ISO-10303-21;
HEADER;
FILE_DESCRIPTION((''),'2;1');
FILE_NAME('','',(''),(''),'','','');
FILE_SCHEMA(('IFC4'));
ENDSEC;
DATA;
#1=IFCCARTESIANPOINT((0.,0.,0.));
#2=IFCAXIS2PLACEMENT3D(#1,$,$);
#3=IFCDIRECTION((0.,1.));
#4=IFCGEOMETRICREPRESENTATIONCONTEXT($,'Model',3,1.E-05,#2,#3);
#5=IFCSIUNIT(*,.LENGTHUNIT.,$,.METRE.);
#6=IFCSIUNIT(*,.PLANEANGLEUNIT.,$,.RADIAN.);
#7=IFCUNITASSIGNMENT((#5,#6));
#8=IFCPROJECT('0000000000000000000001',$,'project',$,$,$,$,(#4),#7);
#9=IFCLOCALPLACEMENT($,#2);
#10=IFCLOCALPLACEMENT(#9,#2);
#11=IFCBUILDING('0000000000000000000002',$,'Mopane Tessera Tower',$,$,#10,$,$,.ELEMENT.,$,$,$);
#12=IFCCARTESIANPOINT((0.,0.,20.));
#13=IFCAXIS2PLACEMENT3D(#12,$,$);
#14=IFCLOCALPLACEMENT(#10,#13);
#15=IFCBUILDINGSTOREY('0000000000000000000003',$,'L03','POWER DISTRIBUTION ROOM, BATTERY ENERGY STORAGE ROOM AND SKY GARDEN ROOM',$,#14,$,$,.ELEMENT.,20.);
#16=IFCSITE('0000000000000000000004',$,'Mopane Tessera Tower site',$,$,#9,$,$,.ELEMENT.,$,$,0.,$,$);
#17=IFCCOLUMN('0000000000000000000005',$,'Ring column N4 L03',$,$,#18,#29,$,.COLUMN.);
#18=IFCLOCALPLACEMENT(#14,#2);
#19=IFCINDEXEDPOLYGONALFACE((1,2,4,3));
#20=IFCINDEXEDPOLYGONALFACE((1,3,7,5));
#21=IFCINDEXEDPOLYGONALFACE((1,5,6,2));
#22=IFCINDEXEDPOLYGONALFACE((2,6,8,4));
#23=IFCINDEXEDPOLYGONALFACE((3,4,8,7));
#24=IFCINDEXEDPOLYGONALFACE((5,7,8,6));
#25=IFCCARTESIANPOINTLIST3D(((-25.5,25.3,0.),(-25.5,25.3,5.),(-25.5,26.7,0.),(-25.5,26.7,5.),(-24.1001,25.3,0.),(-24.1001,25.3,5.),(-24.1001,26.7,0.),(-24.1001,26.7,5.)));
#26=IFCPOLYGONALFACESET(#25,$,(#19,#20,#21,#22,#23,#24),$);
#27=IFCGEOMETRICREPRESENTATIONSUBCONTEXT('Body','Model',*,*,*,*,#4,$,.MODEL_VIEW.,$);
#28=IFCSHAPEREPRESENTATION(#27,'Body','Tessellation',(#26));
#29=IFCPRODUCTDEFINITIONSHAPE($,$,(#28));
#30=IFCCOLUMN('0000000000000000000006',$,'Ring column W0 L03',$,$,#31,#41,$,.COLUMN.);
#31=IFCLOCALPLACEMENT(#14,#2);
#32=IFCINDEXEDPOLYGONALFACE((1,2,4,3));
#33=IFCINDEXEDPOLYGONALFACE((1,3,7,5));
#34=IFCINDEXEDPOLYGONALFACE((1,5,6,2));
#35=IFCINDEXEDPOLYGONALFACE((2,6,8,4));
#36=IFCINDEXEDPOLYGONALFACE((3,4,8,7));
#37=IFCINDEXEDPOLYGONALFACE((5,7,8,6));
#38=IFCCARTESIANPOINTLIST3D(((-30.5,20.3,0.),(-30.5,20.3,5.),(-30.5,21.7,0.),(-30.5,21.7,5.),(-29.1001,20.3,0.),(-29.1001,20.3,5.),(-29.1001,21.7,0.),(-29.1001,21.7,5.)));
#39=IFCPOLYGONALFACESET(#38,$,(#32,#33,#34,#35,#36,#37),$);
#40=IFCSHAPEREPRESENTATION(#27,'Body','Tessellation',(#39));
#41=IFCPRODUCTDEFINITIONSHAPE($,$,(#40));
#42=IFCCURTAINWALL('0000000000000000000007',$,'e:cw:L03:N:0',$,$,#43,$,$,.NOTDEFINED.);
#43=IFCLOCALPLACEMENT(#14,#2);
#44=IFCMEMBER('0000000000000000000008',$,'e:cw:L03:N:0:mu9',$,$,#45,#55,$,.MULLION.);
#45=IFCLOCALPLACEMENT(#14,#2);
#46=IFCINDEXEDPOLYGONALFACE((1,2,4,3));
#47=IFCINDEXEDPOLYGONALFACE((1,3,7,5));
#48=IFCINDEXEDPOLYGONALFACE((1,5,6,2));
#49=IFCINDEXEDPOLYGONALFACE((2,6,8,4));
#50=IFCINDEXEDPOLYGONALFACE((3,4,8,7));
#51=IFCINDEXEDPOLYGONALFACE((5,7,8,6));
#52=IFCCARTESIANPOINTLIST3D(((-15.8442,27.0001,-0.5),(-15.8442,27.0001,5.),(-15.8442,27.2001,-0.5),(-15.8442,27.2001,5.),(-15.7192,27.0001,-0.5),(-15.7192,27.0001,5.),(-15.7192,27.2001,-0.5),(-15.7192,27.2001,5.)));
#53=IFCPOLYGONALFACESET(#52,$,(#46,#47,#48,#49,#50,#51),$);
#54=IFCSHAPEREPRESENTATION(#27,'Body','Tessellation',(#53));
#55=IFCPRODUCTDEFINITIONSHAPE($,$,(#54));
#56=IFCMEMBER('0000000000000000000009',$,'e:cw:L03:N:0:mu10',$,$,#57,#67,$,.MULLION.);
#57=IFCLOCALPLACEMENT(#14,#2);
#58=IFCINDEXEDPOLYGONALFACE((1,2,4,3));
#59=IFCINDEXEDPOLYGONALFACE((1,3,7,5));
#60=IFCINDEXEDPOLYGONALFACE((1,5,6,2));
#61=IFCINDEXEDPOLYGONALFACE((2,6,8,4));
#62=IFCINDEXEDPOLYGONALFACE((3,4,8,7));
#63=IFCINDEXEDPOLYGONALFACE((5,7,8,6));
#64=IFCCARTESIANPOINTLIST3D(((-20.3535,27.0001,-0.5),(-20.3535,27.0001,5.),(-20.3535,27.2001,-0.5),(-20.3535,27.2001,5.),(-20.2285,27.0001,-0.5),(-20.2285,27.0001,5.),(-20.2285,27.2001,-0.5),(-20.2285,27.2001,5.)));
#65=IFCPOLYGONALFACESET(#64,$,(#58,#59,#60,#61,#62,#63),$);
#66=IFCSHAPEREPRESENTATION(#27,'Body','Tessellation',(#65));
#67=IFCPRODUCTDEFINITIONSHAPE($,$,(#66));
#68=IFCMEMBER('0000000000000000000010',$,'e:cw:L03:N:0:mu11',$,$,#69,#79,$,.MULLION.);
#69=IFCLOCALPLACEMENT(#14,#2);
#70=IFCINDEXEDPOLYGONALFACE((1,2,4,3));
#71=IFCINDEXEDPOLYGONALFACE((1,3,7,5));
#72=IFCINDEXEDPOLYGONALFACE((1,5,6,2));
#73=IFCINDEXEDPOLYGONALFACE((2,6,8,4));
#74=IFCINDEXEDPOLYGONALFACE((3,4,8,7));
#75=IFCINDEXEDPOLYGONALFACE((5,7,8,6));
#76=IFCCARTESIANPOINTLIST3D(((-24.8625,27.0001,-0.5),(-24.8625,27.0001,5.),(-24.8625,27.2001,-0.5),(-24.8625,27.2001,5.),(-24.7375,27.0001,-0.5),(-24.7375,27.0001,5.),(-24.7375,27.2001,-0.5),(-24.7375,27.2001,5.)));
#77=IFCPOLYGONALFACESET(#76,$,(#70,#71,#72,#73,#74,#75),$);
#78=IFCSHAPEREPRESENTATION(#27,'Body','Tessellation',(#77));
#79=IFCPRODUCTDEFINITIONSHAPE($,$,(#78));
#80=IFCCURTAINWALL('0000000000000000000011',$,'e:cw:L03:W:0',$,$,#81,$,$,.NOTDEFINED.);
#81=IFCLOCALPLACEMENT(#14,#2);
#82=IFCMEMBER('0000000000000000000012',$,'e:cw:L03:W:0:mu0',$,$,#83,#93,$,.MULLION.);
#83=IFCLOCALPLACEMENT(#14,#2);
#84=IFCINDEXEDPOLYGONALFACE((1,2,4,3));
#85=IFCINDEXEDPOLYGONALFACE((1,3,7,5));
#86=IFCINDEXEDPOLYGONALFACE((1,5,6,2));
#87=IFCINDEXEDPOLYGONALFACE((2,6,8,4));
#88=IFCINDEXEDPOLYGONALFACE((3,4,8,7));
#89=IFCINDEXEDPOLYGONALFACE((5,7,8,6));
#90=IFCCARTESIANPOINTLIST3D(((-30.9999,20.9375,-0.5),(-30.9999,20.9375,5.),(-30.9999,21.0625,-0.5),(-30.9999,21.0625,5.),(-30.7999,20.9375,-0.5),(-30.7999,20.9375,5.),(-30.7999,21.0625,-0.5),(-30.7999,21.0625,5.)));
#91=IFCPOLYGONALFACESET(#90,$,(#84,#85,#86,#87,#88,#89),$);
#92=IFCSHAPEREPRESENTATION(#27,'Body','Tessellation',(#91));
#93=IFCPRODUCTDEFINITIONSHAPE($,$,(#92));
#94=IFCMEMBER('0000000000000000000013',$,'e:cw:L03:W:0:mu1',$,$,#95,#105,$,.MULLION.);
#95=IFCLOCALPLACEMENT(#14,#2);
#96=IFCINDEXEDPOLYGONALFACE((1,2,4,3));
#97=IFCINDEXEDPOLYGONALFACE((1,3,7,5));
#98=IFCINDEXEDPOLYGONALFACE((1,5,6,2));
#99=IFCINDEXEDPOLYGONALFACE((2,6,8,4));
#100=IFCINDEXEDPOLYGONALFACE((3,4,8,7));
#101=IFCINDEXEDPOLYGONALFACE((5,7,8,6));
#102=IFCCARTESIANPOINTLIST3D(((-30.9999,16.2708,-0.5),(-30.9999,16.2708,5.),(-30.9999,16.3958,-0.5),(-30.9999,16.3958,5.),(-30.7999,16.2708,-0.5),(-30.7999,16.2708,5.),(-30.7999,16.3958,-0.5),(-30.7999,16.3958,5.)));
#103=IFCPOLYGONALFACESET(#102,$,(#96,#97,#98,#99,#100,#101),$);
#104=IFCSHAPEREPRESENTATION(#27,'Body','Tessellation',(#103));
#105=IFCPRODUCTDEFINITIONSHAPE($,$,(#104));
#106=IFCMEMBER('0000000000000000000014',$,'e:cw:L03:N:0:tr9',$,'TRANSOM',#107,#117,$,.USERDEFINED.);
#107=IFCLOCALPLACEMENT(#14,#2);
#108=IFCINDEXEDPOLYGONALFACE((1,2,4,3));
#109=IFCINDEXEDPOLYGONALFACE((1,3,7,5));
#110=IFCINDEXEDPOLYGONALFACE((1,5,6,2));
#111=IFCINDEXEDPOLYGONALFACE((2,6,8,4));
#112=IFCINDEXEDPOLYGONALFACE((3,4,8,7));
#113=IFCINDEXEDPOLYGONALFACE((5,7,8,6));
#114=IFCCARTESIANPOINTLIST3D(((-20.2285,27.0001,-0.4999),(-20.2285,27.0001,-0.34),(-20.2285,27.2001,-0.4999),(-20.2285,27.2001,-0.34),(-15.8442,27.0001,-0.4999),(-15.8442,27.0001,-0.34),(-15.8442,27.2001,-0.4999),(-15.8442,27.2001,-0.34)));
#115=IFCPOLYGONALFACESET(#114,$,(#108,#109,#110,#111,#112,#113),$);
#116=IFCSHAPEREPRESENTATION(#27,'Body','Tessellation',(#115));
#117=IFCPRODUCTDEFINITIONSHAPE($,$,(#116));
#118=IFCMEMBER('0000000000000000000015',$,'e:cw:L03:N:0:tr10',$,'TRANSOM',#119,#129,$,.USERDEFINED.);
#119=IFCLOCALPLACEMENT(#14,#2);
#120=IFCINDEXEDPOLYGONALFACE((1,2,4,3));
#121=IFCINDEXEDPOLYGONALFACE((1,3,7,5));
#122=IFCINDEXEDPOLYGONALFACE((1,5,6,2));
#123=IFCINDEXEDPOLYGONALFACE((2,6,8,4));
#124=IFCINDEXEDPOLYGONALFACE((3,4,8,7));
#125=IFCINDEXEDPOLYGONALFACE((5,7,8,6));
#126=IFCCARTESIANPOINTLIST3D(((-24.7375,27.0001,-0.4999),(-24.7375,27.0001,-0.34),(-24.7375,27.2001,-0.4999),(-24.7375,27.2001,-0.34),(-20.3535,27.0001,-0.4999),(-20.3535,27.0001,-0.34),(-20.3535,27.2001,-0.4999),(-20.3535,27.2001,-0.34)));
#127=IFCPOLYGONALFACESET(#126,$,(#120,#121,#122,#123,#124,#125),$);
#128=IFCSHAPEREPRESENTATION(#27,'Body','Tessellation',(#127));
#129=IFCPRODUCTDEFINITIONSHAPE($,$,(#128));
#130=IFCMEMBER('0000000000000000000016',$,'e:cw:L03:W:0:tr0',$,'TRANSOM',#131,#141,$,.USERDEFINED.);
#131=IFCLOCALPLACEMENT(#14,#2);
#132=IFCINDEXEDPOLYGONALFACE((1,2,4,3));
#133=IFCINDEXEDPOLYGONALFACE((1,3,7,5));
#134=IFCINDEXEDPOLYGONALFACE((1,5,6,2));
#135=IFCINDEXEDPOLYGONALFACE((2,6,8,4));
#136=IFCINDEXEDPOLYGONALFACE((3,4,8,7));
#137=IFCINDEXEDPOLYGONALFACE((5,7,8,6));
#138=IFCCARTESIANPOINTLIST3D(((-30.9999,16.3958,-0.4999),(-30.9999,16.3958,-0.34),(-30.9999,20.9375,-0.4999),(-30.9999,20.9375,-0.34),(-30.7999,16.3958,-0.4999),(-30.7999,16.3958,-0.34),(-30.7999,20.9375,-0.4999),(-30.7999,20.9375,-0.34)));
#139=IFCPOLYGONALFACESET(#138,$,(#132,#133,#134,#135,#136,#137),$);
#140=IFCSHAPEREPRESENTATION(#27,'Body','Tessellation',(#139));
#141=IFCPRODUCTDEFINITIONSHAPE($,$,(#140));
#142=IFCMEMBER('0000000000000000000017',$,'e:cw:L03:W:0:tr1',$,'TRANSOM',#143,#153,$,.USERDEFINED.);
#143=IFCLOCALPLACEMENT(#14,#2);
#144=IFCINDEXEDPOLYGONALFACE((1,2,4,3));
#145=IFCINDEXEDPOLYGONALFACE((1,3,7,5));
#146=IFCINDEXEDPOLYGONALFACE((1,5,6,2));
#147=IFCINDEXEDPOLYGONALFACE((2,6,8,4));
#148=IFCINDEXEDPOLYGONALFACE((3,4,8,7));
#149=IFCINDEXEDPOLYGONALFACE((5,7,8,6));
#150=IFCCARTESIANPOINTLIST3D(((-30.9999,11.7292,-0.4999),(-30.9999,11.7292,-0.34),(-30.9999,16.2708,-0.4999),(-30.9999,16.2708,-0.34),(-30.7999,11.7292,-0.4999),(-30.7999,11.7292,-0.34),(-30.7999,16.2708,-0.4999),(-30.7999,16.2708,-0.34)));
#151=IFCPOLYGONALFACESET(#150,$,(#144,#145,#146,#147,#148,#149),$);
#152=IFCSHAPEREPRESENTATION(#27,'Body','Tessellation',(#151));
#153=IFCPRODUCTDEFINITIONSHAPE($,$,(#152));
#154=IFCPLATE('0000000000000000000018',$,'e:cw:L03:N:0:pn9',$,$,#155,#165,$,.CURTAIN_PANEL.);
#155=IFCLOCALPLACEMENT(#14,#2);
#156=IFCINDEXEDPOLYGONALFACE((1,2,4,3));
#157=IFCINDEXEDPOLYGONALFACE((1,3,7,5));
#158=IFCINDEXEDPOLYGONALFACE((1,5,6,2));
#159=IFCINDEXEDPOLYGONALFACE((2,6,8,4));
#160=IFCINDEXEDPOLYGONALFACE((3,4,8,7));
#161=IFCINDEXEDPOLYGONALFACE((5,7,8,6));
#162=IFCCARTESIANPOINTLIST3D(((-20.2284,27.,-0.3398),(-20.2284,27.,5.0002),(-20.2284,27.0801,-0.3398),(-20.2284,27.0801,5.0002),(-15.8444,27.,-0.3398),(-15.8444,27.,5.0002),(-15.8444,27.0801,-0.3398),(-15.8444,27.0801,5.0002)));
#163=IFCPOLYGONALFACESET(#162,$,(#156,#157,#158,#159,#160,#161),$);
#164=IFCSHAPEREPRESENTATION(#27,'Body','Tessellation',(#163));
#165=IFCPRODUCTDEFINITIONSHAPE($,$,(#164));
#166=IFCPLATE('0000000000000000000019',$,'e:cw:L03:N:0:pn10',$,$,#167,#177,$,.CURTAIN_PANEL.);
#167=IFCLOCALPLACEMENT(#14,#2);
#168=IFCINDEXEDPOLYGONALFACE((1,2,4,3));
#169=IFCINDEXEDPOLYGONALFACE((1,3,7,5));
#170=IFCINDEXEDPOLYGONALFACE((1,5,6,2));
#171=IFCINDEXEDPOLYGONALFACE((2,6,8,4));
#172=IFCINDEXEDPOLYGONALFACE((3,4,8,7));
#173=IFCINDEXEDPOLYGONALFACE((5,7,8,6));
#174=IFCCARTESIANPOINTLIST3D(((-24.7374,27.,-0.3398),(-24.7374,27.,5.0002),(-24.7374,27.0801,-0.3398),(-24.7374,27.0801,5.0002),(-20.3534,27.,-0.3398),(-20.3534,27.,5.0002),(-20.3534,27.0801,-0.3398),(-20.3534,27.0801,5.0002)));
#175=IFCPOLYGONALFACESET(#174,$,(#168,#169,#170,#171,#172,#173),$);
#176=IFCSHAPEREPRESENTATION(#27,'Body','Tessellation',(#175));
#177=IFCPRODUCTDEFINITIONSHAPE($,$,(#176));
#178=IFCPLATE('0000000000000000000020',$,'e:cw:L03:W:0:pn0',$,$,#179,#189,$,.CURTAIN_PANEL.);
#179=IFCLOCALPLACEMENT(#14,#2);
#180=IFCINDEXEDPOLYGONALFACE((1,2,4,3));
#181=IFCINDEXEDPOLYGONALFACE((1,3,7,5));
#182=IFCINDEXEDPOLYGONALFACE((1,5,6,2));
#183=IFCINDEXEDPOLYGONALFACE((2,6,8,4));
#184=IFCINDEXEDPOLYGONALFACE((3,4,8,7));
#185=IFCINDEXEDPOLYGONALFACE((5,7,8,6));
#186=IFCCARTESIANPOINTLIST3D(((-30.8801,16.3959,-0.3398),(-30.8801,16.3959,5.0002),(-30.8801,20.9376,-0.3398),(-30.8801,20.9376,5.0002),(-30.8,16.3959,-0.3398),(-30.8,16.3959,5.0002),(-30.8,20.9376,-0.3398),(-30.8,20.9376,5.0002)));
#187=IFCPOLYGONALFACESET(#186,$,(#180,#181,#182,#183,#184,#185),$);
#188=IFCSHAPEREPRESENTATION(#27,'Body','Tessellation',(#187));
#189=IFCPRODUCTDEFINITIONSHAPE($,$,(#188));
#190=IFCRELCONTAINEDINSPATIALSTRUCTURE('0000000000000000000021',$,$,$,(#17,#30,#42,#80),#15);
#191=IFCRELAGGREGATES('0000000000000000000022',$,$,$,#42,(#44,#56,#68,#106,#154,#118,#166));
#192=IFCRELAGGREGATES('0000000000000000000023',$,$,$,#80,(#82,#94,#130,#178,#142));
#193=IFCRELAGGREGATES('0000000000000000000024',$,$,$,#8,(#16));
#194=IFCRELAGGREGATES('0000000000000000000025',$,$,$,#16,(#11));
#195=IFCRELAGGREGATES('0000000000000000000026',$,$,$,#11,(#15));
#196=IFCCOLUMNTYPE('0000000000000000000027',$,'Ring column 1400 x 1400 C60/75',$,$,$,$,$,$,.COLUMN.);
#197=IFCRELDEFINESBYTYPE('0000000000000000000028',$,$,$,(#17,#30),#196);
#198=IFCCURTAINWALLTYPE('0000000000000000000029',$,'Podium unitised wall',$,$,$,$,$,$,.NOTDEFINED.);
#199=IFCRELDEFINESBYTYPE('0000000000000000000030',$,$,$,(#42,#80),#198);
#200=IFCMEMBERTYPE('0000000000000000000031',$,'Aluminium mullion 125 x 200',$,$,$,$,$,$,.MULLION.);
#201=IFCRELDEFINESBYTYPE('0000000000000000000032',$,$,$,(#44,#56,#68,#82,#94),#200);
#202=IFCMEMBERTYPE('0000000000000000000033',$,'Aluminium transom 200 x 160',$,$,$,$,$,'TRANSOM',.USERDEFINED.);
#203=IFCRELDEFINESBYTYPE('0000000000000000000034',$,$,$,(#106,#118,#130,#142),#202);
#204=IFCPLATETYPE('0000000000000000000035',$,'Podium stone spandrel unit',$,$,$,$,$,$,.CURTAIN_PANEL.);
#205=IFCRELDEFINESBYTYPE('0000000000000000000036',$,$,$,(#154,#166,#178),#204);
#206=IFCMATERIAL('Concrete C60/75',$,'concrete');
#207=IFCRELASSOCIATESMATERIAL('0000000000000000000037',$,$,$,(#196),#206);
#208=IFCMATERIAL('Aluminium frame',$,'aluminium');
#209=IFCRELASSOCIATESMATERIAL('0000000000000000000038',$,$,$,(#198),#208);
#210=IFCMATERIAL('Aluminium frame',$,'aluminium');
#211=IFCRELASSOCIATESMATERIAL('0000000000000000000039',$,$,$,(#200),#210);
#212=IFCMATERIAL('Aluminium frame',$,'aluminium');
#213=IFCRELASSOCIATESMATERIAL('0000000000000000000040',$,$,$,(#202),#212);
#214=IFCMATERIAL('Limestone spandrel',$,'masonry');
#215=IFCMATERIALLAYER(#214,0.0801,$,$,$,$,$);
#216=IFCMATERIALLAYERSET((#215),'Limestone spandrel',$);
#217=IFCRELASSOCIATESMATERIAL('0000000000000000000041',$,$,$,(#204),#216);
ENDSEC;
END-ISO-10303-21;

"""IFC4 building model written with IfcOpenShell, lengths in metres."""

from ifc_helpers import new_model, si_unit, direction, frame, origin, origin_2d, place, context, subcontext, project, spatial, rectangle, extrude, material, layer, layer_set, material_profile, profile_set, type_object, element, aggregate, save


model = new_model("IFC4")

# Units and contexts
model_context = context("Model", 3, precision=1e-05, world=origin(), true_north=direction((0.0, 1.0)))
body_context = subcontext(model_context, "Body", "Model", "MODEL_VIEW")
ifc_project = project(units=[si_unit("LENGTHUNIT", "METRE"), si_unit("PLANEANGLEUNIT", "RADIAN")], contexts=[model_context])

# Site, building, storey
site_placement = place(None, origin())
site = spatial("IfcSite", under=ifc_project, at=site_placement, Name="Mopane Tessera Tower site", CompositionType="ELEMENT", RefElevation=0.0)
building_placement = place(site_placement, origin())
building = spatial("IfcBuilding", under=site, at=building_placement, Name="Mopane Tessera Tower", CompositionType="ELEMENT")
storey_placement = place(building_placement, frame((0.0, 0.0, 20.0)))
storey = spatial("IfcBuildingStorey", under=building, at=storey_placement, Name="L03", Description="POWER DISTRIBUTION ROOM, BATTERY ENERGY STORAGE ROOM AND SKY GARDEN ROOM", CompositionType="ELEMENT", Elevation=20.0)

# Columns
ifc_material_1 = material(Name="Concrete C60/75", Category="concrete")
ifc_material_profile_1 = material_profile(ifc_material_1, rectangle(XDim=1.3999, YDim=1.3999, at=origin_2d()))
ifc_profile_set_1 = profile_set([ifc_material_profile_1], Name="Concrete C60/75")
column_type = type_object("IfcColumnType", Name="Ring column 1400 x 1400 C60/75", PredefinedType="COLUMN", material=ifc_profile_set_1)
for number, where, z_axis, x_axis, name in (
    (1, (-24.8, 26.0, 0.0), (0.0, 0.0, 1.0), (1.0, 0.0, 0.0), "Ring column N4 L03"),
    (2, (-29.8, 21.0, 0.0), (0.0, 0.0, 1.0), (1.0, 0.0, 0.0), "Ring column W0 L03"),
):
    element("IfcColumn", number, at=place(storey_placement, frame(where, z_axis=z_axis, x_axis=x_axis)), inside=storey, type_object=column_type, Name=name, PredefinedType="COLUMN", context=body_context, shape_type="SweptSolid", body=[
        extrude(rectangle(XDim=1.3999, YDim=1.3999, at=origin_2d()), origin(), (0.0, 0.0, 1.0), 5.0),
    ])

# Curtain walls, members
ifc_material_2 = material(Name="Aluminium frame", Category="aluminium")
curtain_wall_type = type_object("IfcCurtainWallType", Name="Podium unitised wall", PredefinedType="NOTDEFINED", material=ifc_material_2)
curtain_wall_1_placement = place(storey_placement, origin())
curtain_wall_1 = element("IfcCurtainWall", 3, at=curtain_wall_1_placement, inside=storey, type_object=curtain_wall_type, Name="e:cw:L03:N:0", PredefinedType="NOTDEFINED")
ifc_material_3 = material(Name="Aluminium frame", Category="aluminium")
ifc_material_profile_2 = material_profile(ifc_material_3, rectangle(XDim=0.125, YDim=0.2, at=origin_2d()))
ifc_profile_set_2 = profile_set([ifc_material_profile_2], Name="Aluminium frame")
member_type_1 = type_object("IfcMemberType", Name="Aluminium mullion 125 x 200", PredefinedType="MULLION", material=ifc_profile_set_2)
member_1_placement = place(storey_placement, frame((-15.7817, 27.1001, -0.5), z_axis=(0.0, 0.0, 1.0), x_axis=(-1.0, 0.0, 0.0)))
member_1 = element("IfcMember", 4, at=member_1_placement, type_object=member_type_1, Name="e:cw:L03:N:0:mu9", PredefinedType="MULLION", context=body_context, shape_type="SweptSolid", body=[
    extrude(rectangle(XDim=0.125, YDim=0.2, at=origin_2d()), origin(), (0.0, 0.0, 1.0), 5.5),
])
member_2_placement = place(storey_placement, frame((-20.291, 27.1001, -0.5), z_axis=(0.0, 0.0, 1.0), x_axis=(-1.0, 0.0, 0.0)))
member_2 = element("IfcMember", 5, at=member_2_placement, type_object=member_type_1, Name="e:cw:L03:N:0:mu10", PredefinedType="MULLION", context=body_context, shape_type="SweptSolid", body=[
    extrude(rectangle(XDim=0.125, YDim=0.2, at=origin_2d()), origin(), (0.0, 0.0, 1.0), 5.5),
])
member_3_placement = place(storey_placement, frame((-24.8, 27.1001, -0.5), z_axis=(0.0, 0.0, 1.0), x_axis=(-1.0, 0.0, 0.0)))
member_3 = element("IfcMember", 6, at=member_3_placement, type_object=member_type_1, Name="e:cw:L03:N:0:mu11", PredefinedType="MULLION", context=body_context, shape_type="SweptSolid", body=[
    extrude(rectangle(XDim=0.125, YDim=0.2, at=origin_2d()), origin(), (0.0, 0.0, 1.0), 5.5),
])
curtain_wall_2_placement = place(storey_placement, origin())
curtain_wall_2 = element("IfcCurtainWall", 7, at=curtain_wall_2_placement, inside=storey, type_object=curtain_wall_type, Name="e:cw:L03:W:0", PredefinedType="NOTDEFINED")
member_4_placement = place(storey_placement, frame((-30.8999, 21.0, -0.5), z_axis=(0.0, 0.0, 1.0), x_axis=(0.0, -1.0, 0.0)))
member_4 = element("IfcMember", 8, at=member_4_placement, type_object=member_type_1, Name="e:cw:L03:W:0:mu0", PredefinedType="MULLION", context=body_context, shape_type="SweptSolid", body=[
    extrude(rectangle(XDim=0.125, YDim=0.2, at=origin_2d()), origin(), (0.0, 0.0, 1.0), 5.5),
])
member_5_placement = place(storey_placement, frame((-30.8999, 16.3333, -0.5), z_axis=(0.0, 0.0, 1.0), x_axis=(0.0, -1.0, 0.0)))
member_5 = element("IfcMember", 9, at=member_5_placement, type_object=member_type_1, Name="e:cw:L03:W:0:mu1", PredefinedType="MULLION", context=body_context, shape_type="SweptSolid", body=[
    extrude(rectangle(XDim=0.125, YDim=0.2, at=origin_2d()), origin(), (0.0, 0.0, 1.0), 5.5),
])

# Members
ifc_material_4 = material(Name="Aluminium frame", Category="aluminium")
ifc_material_profile_3 = material_profile(ifc_material_4, rectangle(XDim=0.2, YDim=0.1599, at=origin_2d()))
ifc_profile_set_3 = profile_set([ifc_material_profile_3], Name="Aluminium frame")
member_type_2 = type_object("IfcMemberType", Name="Aluminium transom 200 x 160", ElementType="TRANSOM", PredefinedType="USERDEFINED", material=ifc_profile_set_3)
member_6_placement = place(storey_placement, frame((-15.8442, 27.1001, -0.4199), z_axis=(-1.0, 0.0, 0.0), x_axis=(0.0, -1.0, 0.0)))
member_6 = element("IfcMember", 10, at=member_6_placement, type_object=member_type_2, Name="e:cw:L03:N:0:tr9", ObjectType="TRANSOM", PredefinedType="USERDEFINED", context=body_context, shape_type="SweptSolid", body=[
    extrude(rectangle(XDim=0.2, YDim=0.1599, at=origin_2d()), origin(), (0.0, 0.0, 1.0), 4.3843),
])
member_7_placement = place(storey_placement, frame((-20.3535, 27.1001, -0.4199), z_axis=(-1.0, 0.0, 0.0), x_axis=(0.0, -1.0, 0.0)))
member_7 = element("IfcMember", 11, at=member_7_placement, type_object=member_type_2, Name="e:cw:L03:N:0:tr10", ObjectType="TRANSOM", PredefinedType="USERDEFINED", context=body_context, shape_type="SweptSolid", body=[
    extrude(rectangle(XDim=0.2, YDim=0.1599, at=origin_2d()), origin(), (0.0, 0.0, 1.0), 4.384),
])
member_8_placement = place(storey_placement, frame((-30.8999, 20.9375, -0.4199), z_axis=(0.0, -1.0, 0.0), x_axis=(1.0, 0.0, 0.0)))
member_8 = element("IfcMember", 12, at=member_8_placement, type_object=member_type_2, Name="e:cw:L03:W:0:tr0", ObjectType="TRANSOM", PredefinedType="USERDEFINED", context=body_context, shape_type="SweptSolid", body=[
    extrude(rectangle(XDim=0.2, YDim=0.1599, at=origin_2d()), origin(), (0.0, 0.0, 1.0), 4.5417),
])
member_9_placement = place(storey_placement, frame((-30.8999, 16.2708, -0.4199), z_axis=(0.0, -1.0, 0.0), x_axis=(1.0, 0.0, 0.0)))
member_9 = element("IfcMember", 13, at=member_9_placement, type_object=member_type_2, Name="e:cw:L03:W:0:tr1", ObjectType="TRANSOM", PredefinedType="USERDEFINED", context=body_context, shape_type="SweptSolid", body=[
    extrude(rectangle(XDim=0.2, YDim=0.1599, at=origin_2d()), origin(), (0.0, 0.0, 1.0), 4.5415),
])

# Plates
ifc_material_5 = material(Name="Limestone spandrel", Category="masonry")
ifc_layer_1 = layer(ifc_material_5, 0.0801)
ifc_layer_set_1 = layer_set([ifc_layer_1], Name="Limestone spandrel")
plate_type = type_object("IfcPlateType", Name="Podium stone spandrel unit", PredefinedType="CURTAIN_PANEL", material=ifc_layer_set_1)
plate_1_placement = place(storey_placement, frame((-18.0364, 27.04, -0.3398), z_axis=(0.0, 0.0, 1.0), x_axis=(-1.0, 0.0, 0.0)))
plate_1 = element("IfcPlate", 14, at=plate_1_placement, type_object=plate_type, Name="e:cw:L03:N:0:pn9", PredefinedType="CURTAIN_PANEL", context=body_context, shape_type="SweptSolid", body=[
    extrude(rectangle(XDim=4.384, YDim=0.0801, at=origin_2d()), origin(), (0.0, 0.0, 1.0), 5.3401),
])
plate_2_placement = place(storey_placement, frame((-22.5454, 27.04, -0.3398), z_axis=(0.0, 0.0, 1.0), x_axis=(-1.0, 0.0, 0.0)))
plate_2 = element("IfcPlate", 15, at=plate_2_placement, type_object=plate_type, Name="e:cw:L03:N:0:pn10", PredefinedType="CURTAIN_PANEL", context=body_context, shape_type="SweptSolid", body=[
    extrude(rectangle(XDim=4.384, YDim=0.0801, at=origin_2d()), origin(), (0.0, 0.0, 1.0), 5.3401),
])
aggregate(curtain_wall_1, [member_1, member_2, member_3, member_6, plate_1, member_7, plate_2])
plate_3_placement = place(storey_placement, frame((-30.8401, 18.6667, -0.3398), z_axis=(0.0, 0.0, 1.0), x_axis=(0.0, -1.0, 0.0)))
plate_3 = element("IfcPlate", 16, at=plate_3_placement, type_object=plate_type, Name="e:cw:L03:W:0:pn0", PredefinedType="CURTAIN_PANEL", context=body_context, shape_type="SweptSolid", body=[
    extrude(rectangle(XDim=4.5417, YDim=0.0801, at=origin_2d()), origin(), (0.0, 0.0, 1.0), 5.3401),
])
aggregate(curtain_wall_2, [member_4, member_5, member_8, plate_3, member_9])

save(model, "model.ifc")
